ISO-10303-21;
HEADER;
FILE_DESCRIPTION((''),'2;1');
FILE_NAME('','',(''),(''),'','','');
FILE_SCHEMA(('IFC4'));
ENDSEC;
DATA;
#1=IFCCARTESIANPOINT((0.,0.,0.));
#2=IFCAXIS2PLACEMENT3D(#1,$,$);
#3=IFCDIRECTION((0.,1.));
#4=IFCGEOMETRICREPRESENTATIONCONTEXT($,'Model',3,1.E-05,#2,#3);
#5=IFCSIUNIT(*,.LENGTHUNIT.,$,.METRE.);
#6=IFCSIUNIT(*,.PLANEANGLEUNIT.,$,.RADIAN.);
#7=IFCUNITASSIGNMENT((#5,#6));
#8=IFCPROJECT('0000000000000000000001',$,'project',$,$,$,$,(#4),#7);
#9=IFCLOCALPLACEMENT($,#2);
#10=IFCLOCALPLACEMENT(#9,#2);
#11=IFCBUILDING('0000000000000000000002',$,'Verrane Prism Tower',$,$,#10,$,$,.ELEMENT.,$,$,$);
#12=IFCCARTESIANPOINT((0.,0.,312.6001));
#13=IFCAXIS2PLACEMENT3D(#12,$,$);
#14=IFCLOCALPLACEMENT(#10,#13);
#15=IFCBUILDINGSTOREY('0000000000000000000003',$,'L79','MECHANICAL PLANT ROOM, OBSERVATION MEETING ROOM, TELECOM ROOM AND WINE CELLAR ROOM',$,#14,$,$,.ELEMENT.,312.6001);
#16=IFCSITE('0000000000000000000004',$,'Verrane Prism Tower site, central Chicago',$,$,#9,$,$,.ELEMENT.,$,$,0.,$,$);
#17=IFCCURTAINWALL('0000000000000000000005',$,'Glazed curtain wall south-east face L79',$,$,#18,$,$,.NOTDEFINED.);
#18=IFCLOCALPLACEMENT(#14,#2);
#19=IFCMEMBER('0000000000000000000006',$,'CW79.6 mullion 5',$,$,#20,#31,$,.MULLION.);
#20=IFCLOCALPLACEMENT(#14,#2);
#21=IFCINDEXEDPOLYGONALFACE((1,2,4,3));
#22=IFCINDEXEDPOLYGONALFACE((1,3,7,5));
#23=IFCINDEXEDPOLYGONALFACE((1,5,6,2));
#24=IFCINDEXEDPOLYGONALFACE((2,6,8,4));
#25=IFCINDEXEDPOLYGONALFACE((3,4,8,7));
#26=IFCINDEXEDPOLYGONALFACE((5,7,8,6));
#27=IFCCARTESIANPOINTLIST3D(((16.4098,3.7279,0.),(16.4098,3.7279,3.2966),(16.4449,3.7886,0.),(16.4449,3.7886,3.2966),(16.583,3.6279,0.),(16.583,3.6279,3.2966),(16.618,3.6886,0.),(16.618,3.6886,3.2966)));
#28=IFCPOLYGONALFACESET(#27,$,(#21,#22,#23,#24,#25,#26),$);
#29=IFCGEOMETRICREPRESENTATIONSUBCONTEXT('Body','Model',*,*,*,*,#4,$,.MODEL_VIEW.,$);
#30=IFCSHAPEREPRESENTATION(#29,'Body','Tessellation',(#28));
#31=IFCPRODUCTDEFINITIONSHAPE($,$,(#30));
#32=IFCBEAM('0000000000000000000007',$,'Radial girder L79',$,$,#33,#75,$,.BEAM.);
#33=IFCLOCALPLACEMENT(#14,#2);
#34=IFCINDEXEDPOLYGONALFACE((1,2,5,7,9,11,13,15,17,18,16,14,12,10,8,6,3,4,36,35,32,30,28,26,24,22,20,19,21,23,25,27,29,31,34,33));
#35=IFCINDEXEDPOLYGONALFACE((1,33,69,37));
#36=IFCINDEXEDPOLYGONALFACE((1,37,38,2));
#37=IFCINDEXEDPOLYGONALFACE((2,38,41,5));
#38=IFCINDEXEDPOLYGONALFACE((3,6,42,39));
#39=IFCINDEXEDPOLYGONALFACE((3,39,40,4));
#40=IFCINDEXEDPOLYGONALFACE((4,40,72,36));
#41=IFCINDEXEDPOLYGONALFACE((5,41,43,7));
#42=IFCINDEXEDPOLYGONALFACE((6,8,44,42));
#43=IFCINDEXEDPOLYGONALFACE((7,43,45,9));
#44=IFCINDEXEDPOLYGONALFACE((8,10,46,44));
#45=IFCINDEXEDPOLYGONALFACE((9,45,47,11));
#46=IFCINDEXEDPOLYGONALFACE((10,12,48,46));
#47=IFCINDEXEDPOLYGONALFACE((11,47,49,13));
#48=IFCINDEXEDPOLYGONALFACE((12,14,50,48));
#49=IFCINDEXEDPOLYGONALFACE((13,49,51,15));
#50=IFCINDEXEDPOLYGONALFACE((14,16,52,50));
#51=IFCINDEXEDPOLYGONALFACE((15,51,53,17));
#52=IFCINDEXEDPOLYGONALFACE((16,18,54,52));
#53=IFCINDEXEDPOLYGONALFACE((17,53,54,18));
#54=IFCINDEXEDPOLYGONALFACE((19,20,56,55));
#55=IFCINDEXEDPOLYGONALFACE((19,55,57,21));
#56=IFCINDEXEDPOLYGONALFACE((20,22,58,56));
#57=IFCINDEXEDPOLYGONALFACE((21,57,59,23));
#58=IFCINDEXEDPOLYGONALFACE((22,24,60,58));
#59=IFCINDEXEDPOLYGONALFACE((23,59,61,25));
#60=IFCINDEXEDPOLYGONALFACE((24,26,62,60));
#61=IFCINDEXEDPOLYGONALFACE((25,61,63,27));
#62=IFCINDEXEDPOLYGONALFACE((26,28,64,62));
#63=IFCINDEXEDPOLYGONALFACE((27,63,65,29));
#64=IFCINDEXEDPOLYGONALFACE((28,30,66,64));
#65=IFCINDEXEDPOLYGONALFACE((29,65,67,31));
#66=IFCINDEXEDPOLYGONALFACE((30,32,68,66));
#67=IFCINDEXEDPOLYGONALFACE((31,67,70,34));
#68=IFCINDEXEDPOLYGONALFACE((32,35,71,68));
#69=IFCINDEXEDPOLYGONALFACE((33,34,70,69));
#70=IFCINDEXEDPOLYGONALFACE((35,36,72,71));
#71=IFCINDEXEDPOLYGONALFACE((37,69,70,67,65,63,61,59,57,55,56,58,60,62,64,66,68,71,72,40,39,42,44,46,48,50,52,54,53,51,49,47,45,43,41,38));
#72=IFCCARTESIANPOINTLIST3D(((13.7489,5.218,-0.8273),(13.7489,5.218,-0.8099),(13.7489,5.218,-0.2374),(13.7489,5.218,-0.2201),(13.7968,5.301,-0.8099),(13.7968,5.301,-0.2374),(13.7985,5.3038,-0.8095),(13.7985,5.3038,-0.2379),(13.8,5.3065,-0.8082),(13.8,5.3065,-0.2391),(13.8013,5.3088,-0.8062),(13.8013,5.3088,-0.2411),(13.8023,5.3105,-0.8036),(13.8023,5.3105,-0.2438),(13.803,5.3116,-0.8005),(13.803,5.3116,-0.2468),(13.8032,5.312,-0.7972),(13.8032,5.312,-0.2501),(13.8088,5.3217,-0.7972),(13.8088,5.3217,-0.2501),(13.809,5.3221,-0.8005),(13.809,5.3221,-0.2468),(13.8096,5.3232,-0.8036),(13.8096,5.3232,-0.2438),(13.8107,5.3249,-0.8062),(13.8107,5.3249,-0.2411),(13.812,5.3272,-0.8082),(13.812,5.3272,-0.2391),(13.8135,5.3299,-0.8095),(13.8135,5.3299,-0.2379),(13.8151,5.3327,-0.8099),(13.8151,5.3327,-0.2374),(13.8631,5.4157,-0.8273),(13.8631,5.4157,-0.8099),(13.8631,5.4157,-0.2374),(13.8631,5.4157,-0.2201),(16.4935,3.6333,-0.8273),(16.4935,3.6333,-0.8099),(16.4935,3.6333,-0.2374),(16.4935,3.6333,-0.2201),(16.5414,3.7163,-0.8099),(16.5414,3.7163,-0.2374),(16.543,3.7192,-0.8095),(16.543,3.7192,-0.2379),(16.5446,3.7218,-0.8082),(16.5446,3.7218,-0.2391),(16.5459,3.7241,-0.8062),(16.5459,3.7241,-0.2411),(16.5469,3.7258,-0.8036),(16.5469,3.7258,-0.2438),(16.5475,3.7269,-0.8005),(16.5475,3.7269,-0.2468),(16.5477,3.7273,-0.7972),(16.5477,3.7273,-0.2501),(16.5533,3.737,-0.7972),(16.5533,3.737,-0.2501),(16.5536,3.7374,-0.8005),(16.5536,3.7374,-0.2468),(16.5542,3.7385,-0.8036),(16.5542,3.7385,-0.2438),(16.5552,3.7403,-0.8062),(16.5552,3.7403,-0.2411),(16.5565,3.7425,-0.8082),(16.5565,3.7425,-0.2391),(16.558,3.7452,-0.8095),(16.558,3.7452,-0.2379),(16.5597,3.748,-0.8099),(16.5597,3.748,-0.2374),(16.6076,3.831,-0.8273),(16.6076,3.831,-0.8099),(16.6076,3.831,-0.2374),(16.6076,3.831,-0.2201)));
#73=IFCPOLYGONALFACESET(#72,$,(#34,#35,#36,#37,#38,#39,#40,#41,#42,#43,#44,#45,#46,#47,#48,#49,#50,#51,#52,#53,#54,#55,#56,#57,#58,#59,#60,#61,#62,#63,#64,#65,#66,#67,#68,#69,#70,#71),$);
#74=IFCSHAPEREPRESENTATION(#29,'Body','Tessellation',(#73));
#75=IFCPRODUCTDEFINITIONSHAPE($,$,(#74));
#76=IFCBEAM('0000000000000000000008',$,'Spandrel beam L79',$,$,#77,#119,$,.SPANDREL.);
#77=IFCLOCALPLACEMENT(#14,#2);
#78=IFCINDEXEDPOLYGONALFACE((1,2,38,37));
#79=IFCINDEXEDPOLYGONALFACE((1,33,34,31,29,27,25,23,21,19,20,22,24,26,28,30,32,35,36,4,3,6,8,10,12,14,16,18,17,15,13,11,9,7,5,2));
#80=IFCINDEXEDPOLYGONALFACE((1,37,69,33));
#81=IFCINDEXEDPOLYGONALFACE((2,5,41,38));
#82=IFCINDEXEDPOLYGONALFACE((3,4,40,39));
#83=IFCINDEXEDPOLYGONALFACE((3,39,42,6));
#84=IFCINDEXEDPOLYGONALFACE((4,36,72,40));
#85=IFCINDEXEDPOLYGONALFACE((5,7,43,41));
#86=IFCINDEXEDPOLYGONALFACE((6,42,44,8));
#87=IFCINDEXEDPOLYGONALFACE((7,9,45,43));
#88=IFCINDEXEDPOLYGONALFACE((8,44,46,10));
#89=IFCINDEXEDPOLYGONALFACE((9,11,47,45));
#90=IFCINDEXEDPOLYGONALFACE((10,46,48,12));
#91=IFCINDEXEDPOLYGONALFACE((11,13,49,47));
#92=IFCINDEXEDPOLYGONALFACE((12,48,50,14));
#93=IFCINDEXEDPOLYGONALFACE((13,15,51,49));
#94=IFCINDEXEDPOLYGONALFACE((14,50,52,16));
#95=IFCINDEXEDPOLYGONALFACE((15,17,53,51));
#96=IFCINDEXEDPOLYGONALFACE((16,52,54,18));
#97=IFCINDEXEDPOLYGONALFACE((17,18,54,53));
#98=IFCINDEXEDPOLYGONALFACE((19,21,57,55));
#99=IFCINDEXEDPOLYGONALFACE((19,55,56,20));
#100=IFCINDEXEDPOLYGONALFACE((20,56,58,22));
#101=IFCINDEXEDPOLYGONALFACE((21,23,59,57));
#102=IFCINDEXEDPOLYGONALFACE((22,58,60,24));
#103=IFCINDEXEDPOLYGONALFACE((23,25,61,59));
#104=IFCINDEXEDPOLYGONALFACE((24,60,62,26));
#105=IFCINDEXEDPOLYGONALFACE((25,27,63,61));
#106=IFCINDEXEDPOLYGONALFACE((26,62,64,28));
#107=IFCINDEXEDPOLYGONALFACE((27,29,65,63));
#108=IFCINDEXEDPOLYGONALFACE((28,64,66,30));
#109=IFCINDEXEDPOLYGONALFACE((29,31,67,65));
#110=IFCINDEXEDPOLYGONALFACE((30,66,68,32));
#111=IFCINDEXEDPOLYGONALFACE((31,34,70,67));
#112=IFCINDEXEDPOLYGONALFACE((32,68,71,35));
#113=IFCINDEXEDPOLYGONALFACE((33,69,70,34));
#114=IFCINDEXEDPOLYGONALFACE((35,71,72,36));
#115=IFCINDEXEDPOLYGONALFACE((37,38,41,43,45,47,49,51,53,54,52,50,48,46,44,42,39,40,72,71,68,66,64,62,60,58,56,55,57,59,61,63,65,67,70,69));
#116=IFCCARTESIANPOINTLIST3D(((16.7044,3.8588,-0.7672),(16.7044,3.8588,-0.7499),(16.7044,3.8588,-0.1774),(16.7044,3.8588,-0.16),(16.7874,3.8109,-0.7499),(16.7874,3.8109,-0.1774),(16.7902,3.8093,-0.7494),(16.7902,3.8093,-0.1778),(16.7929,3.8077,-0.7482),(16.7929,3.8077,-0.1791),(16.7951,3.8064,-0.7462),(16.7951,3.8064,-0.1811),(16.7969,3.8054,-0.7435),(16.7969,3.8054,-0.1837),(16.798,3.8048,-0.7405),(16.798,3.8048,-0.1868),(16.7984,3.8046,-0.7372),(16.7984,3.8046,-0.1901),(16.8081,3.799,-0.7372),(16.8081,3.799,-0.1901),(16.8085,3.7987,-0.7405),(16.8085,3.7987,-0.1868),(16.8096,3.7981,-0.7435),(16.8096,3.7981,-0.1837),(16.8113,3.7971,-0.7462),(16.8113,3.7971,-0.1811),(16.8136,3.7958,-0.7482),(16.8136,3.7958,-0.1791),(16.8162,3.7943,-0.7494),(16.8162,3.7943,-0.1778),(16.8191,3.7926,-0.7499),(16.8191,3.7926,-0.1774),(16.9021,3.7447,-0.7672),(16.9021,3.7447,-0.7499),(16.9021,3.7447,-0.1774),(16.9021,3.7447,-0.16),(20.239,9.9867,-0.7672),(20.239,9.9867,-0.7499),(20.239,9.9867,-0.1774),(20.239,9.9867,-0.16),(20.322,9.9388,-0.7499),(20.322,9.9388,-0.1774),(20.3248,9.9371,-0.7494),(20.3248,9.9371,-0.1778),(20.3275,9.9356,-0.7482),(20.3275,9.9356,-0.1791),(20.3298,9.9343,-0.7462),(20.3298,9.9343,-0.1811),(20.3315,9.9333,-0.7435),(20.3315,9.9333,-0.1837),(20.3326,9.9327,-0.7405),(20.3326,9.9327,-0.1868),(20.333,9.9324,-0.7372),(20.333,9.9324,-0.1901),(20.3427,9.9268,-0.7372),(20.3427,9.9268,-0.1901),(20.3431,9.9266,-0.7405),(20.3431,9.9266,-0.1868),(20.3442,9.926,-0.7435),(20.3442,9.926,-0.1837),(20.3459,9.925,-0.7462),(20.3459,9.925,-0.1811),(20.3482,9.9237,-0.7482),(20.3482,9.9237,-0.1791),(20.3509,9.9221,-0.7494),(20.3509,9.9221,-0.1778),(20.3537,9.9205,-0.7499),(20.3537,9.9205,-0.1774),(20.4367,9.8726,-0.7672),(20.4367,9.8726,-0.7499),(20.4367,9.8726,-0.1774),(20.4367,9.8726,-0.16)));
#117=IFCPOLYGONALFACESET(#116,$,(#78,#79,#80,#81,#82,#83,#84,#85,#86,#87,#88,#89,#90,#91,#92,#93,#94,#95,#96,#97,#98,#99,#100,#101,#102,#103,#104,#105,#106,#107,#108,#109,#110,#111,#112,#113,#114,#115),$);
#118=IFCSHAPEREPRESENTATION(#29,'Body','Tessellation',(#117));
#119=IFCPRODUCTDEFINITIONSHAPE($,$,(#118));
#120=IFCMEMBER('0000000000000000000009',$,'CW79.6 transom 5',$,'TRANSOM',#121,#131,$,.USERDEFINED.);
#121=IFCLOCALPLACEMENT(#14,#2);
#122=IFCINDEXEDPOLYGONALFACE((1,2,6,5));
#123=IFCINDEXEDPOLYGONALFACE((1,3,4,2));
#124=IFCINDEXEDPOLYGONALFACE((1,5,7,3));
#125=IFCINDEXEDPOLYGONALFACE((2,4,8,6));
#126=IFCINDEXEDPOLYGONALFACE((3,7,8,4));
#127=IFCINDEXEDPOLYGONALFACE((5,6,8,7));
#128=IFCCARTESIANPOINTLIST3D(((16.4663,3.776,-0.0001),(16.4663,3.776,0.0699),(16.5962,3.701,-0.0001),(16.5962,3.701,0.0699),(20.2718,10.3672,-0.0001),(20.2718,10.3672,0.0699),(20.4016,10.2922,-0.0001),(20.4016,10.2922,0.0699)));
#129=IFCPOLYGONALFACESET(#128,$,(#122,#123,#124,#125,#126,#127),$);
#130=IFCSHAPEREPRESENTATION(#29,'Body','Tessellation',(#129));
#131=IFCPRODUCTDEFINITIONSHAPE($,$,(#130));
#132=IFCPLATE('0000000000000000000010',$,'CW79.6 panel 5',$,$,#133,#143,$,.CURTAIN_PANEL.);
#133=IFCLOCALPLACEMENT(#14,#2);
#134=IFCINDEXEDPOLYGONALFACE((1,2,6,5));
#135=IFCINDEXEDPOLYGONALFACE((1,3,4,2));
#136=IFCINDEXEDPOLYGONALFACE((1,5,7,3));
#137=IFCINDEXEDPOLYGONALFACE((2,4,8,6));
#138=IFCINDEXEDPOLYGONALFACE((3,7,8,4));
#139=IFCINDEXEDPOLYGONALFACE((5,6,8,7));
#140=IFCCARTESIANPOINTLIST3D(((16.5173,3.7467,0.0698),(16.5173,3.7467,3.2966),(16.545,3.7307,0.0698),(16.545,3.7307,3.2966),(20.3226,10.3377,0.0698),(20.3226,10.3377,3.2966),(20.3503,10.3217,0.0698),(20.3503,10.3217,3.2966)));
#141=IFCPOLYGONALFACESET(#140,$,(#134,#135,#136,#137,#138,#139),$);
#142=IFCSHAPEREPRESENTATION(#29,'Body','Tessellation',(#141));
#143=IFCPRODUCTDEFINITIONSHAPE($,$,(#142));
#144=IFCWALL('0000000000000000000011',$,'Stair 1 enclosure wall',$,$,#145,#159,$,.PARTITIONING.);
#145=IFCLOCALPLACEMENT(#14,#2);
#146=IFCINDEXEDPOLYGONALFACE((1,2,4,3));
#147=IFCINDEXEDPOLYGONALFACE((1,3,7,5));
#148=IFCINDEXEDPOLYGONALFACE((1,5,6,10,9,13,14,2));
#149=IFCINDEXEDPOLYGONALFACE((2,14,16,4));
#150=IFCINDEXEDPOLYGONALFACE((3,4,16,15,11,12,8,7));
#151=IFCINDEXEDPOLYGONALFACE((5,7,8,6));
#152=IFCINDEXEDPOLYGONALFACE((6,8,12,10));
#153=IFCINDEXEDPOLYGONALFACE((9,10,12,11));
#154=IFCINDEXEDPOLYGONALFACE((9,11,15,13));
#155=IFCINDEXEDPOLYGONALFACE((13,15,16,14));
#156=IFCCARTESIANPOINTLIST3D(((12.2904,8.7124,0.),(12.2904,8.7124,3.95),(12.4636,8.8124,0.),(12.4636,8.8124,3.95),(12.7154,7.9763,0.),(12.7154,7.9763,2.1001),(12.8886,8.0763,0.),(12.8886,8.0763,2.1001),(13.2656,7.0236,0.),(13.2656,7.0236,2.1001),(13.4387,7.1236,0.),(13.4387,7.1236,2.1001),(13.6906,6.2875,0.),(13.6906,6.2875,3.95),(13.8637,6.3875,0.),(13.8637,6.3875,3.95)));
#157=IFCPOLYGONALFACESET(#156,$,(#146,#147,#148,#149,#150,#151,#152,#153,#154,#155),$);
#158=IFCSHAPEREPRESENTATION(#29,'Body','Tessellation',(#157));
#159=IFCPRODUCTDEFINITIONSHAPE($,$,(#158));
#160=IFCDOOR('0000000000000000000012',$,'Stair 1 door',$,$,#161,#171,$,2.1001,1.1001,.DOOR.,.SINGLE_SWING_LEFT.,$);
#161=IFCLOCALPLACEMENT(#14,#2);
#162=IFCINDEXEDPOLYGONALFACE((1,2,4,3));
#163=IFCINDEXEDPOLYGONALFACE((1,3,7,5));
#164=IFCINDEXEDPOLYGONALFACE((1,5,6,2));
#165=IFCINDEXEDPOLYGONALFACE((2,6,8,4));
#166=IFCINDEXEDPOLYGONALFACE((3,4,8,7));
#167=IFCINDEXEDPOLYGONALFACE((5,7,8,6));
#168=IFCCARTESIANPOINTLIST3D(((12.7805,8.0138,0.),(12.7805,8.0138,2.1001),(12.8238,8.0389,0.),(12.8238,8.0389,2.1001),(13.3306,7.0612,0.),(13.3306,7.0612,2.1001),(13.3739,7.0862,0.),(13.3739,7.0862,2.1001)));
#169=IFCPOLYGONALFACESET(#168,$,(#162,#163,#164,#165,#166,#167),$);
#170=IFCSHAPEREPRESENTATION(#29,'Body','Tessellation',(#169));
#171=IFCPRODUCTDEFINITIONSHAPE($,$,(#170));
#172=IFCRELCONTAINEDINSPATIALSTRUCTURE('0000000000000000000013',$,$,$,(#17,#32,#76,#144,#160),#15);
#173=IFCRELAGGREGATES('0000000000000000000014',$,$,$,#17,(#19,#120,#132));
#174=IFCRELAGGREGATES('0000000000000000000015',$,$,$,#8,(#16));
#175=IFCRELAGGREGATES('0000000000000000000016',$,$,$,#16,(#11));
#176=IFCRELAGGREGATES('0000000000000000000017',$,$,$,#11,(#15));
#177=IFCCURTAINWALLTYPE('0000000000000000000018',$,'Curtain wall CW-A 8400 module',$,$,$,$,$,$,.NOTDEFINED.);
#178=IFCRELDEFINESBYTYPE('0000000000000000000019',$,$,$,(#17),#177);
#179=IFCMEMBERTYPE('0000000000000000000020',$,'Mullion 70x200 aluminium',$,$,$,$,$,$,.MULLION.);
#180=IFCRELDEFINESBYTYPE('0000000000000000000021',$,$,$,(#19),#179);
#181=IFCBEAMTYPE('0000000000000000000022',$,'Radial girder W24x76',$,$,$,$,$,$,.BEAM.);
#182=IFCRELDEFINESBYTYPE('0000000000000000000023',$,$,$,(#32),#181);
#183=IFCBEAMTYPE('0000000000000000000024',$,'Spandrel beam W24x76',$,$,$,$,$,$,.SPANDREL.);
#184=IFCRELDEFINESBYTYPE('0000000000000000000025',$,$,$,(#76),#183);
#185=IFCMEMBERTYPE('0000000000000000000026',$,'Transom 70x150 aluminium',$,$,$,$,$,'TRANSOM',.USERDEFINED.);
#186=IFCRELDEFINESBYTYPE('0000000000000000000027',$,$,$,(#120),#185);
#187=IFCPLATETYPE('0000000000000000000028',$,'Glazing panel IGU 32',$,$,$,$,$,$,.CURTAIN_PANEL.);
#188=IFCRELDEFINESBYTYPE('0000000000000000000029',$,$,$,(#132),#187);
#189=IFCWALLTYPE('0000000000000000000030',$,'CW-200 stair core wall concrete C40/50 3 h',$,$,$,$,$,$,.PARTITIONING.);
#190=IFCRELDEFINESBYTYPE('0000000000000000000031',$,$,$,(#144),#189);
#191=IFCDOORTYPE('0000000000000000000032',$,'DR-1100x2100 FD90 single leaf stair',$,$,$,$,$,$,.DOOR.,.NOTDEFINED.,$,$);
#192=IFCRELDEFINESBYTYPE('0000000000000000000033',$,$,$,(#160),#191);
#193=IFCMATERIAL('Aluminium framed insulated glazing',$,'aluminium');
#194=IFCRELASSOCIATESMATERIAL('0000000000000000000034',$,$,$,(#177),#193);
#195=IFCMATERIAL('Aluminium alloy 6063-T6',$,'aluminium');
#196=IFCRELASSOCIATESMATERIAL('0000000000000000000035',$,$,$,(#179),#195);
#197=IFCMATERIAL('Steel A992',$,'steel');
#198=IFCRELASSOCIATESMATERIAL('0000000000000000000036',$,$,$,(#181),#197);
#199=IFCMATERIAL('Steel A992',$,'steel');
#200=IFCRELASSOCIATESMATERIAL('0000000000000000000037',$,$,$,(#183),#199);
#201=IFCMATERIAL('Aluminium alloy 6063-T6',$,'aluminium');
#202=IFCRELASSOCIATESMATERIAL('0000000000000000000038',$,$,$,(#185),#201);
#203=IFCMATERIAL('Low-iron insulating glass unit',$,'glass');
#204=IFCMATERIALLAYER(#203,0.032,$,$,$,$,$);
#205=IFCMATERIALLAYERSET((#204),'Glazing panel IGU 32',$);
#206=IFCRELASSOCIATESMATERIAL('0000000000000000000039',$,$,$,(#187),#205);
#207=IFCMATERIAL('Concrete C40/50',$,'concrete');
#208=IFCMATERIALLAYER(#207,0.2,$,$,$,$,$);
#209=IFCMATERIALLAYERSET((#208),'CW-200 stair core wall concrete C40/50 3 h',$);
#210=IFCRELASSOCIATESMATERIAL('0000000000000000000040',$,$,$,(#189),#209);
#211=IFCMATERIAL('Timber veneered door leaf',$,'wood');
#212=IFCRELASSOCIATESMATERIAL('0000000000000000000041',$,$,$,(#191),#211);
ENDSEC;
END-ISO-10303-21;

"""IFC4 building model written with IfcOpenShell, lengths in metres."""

from ifc_helpers import new_model, si_unit, direction, frame, frame_2d, origin, origin_2d, place, context, subcontext, project, spatial, rectangle, i_section, extrude, material, layer, layer_set, material_profile, profile_set, type_object, element, fill, aggregate, save


model = new_model("IFC4")

# Units and contexts
model_context = context("Model", 3, precision=1e-05, world=origin(), true_north=direction((0.0, 1.0)))
body_context = subcontext(model_context, "Body", "Model", "MODEL_VIEW")
ifc_project = project(units=[si_unit("LENGTHUNIT", "METRE"), si_unit("PLANEANGLEUNIT", "RADIAN")], contexts=[model_context])

# Site, building, storey
site_placement = place(None, origin())
site = spatial("IfcSite", under=ifc_project, at=site_placement, Name="Verrane Prism Tower site, central Chicago", CompositionType="ELEMENT", RefElevation=0.0)
building_placement = place(site_placement, origin())
building = spatial("IfcBuilding", under=site, at=building_placement, Name="Verrane Prism Tower", CompositionType="ELEMENT")
storey_placement = place(building_placement, frame((0.0, 0.0, 312.6001)))
storey = spatial("IfcBuildingStorey", under=building, at=storey_placement, Name="L79", Description="MECHANICAL PLANT ROOM, OBSERVATION MEETING ROOM, TELECOM ROOM AND WINE CELLAR ROOM", CompositionType="ELEMENT", Elevation=312.6001)

# Curtain wall, member
ifc_material_1 = material(Name="Aluminium framed insulated glazing", Category="aluminium")
curtain_wall_type = type_object("IfcCurtainWallType", Name="Curtain wall CW-A 8400 module", PredefinedType="NOTDEFINED", material=ifc_material_1)
curtain_wall_placement = place(storey_placement, origin())
curtain_wall = element("IfcCurtainWall", 1, at=curtain_wall_placement, inside=storey, type_object=curtain_wall_type, Name="Glazed curtain wall south-east face L79", PredefinedType="NOTDEFINED")
ifc_material_2 = material(Name="Aluminium alloy 6063-T6", Category="aluminium")
ifc_material_profile_1 = material_profile(ifc_material_2, rectangle(XDim=0.2, YDim=0.0701, at=origin_2d()), Name="Mullion 70x200 aluminium")
ifc_profile_set_1 = profile_set([ifc_material_profile_1], Name="Aluminium alloy 6063-T6")
member_type_1 = type_object("IfcMemberType", Name="Mullion 70x200 aluminium", PredefinedType="MULLION", material=ifc_profile_set_1)
member_1_placement = place(storey_placement, frame((16.5139, 3.7083, 0.0), z_axis=(0.0, 0.0, 1.0), x_axis=(-0.866025, 0.5, 0.0)))
member_1 = element("IfcMember", 2, at=member_1_placement, type_object=member_type_1, Name="CW79.6 mullion 5", PredefinedType="MULLION", context=body_context, shape_type="SweptSolid", body=[
    extrude(rectangle(XDim=0.2, YDim=0.0701, at=origin_2d()), origin(), (0.0, 0.0, 1.0), 3.2966),
])

# Beams
ifc_material_3 = material(Name="Steel A992", Category="steel")
ifc_material_profile_2 = material_profile(ifc_material_3, i_section(OverallWidth=0.2283, OverallDepth=0.6072, WebThickness=0.0112, FlangeThickness=0.0173, FilletRadius=0.0127, at=origin_2d()), Name="W24x76")
ifc_profile_set_2 = profile_set([ifc_material_profile_2], Name="Steel A992")
beam_type_1 = type_object("IfcBeamType", Name="Radial girder W24x76", PredefinedType="BEAM", material=ifc_profile_set_2)
beam_1_placement = place(storey_placement, frame((16.5505, 3.7322, -0.5237), z_axis=(-0.866011, 0.500025, 0.0), x_axis=(-0.500025, -0.866011, 0.0)))
element("IfcBeam", 3, at=beam_1_placement, inside=storey, type_object=beam_type_1, Name="Radial girder L79", PredefinedType="BEAM", context=body_context, shape_type="SweptSolid", body=[
    extrude(i_section(OverallWidth=0.2283, OverallDepth=0.6072, WebThickness=0.0112, FlangeThickness=0.0173, FilletRadius=0.0127, at=origin_2d()), origin(), (0.0, 0.0, 1.0), 3.1692),
])
ifc_material_4 = material(Name="Steel A992", Category="steel")
ifc_material_profile_3 = material_profile(ifc_material_4, i_section(OverallWidth=0.2283, OverallDepth=0.6072, WebThickness=0.0112, FlangeThickness=0.0173, FilletRadius=0.0127, at=origin_2d()), Name="W24x76")
ifc_profile_set_3 = profile_set([ifc_material_profile_3], Name="Steel A992")
beam_type_2 = type_object("IfcBeamType", Name="Spandrel beam W24x76", PredefinedType="SPANDREL", material=ifc_profile_set_3)
beam_2_placement = place(storey_placement, frame((16.8032, 3.8018, -0.4636), z_axis=(0.499651, 0.866227, 0.0), x_axis=(-0.866227, 0.499651, 0.0)))
element("IfcBeam", 4, at=beam_2_placement, inside=storey, type_object=beam_type_2, Name="Spandrel beam L79", PredefinedType="SPANDREL", context=body_context, shape_type="SweptSolid", body=[
    extrude(i_section(OverallWidth=0.2283, OverallDepth=0.6072, WebThickness=0.0112, FlangeThickness=0.0173, FilletRadius=0.0127, at=origin_2d()), origin(), (0.0, 0.0, 1.0), 7.0742),
])

# Member
ifc_material_5 = material(Name="Aluminium alloy 6063-T6", Category="aluminium")
ifc_material_profile_4 = material_profile(ifc_material_5, rectangle(XDim=0.1499, YDim=0.0701, at=origin_2d()), Name="Transom 70x150 aluminium")
ifc_profile_set_4 = profile_set([ifc_material_profile_4], Name="Aluminium alloy 6063-T6")
member_type_2 = type_object("IfcMemberType", Name="Transom 70x150 aluminium", ElementType="TRANSOM", PredefinedType="USERDEFINED", material=ifc_profile_set_4)
member_2_placement = place(storey_placement, frame((16.5312, 3.7385, 0.0349), z_axis=(0.500007, 0.866022, 0.0), x_axis=(-0.866022, 0.500007, 0.0)))
member_2 = element("IfcMember", 5, at=member_2_placement, type_object=member_type_2, Name="CW79.6 transom 5", ObjectType="TRANSOM", PredefinedType="USERDEFINED", context=body_context, shape_type="SweptSolid", body=[
    extrude(rectangle(XDim=0.1499, YDim=0.0701, at=origin_2d()), origin(), (0.0, 0.0, 1.0), 7.6108),
])

# Plate
ifc_material_6 = material(Name="Low-iron insulating glass unit", Category="glass")
ifc_layer_1 = layer(ifc_material_6, 0.032)
ifc_layer_set_1 = layer_set([ifc_layer_1], Name="Glazing panel IGU 32")
plate_type = type_object("IfcPlateType", Name="Glazing panel IGU 32", PredefinedType="CURTAIN_PANEL", material=ifc_layer_set_1)
plate_placement = place(storey_placement, frame((18.4338, 7.0342, 0.0698), z_axis=(0.0, 0.0, 1.0), x_axis=(0.5, 0.866025, 0.0)))
plate = element("IfcPlate", 6, at=plate_placement, type_object=plate_type, Name="CW79.6 panel 5", PredefinedType="CURTAIN_PANEL", context=body_context, shape_type="SweptSolid", body=[
    extrude(rectangle(XDim=7.6106, YDim=0.032, at=origin_2d()), origin(), (0.0, 0.0, 1.0), 3.2268),
])
aggregate(curtain_wall, [member_1, member_2, plate])

# Wall, opening, door
ifc_material_7 = material(Name="Concrete C40/50", Category="concrete")
ifc_layer_2 = layer(ifc_material_7, 0.2)
ifc_layer_set_2 = layer_set([ifc_layer_2], Name="CW-200 stair core wall concrete C40/50 3 h")
wall_type_1 = type_object("IfcWallType", Name="CW-200 stair core wall concrete C40/50 3 h", PredefinedType="PARTITIONING", material=ifc_layer_set_2)
wall_1_placement = place(storey_placement, frame((13.7771, 6.3376, 0.0), z_axis=(0.0, 0.0, 1.0), x_axis=(-0.50005, 0.865997, 0.0)))
wall_1 = element("IfcWall", 7, at=wall_1_placement, inside=storey, type_object=wall_type_1, Name="Stair 1 enclosure wall", PredefinedType="PARTITIONING", context=body_context, shape_type="SweptSolid", body=[
    extrude(rectangle(XDim=2.8, YDim=0.2, at=frame_2d((1.3999, 0.0))), origin(), (0.0, 0.0, 1.0), 3.95),
])
opening_1_placement = place(wall_1_placement, frame((0.8499, 0.0, 0.0)))
opening_1 = element("IfcOpeningElement", 8, at=opening_1_placement, cuts=wall_1, PredefinedType="OPENING", context=body_context, shape_type="SweptSolid", body=[
    extrude(rectangle(XDim=1.1001, YDim=2.1001, at=frame_2d((0.55, 1.05))), frame((0.0, 0.1099, 0.0), z_axis=(0.0, -1.0, 0.0), x_axis=(1.0, 0.0, 0.0)), (0.0, 0.0, 1.0), 0.22),
])
ifc_material_8 = material(Name="Timber veneered door leaf", Category="wood")
door_type_1 = type_object("IfcDoorType", Name="DR-1100x2100 FD90 single leaf stair", OperationType="NOTDEFINED", PredefinedType="DOOR", material=ifc_material_8)
door_1_placement = place(opening_1_placement, origin())
door_1 = element("IfcDoor", 9, at=door_1_placement, inside=storey, type_object=door_type_1, Name="Stair 1 door", OperationType="SINGLE_SWING_LEFT", OverallHeight=2.1001, OverallWidth=1.1001, PredefinedType="DOOR", context=body_context, shape_type="SweptSolid", body=[
    extrude(rectangle(XDim=1.1001, YDim=2.1001, at=frame_2d((0.55, 1.05))), frame((0.0, 0.0249, 0.0), z_axis=(0.0, -1.0, 0.0), x_axis=(1.0, 0.0, 0.0)), (0.0, 0.0, 1.0), 0.05),
])
fill(opening_1, door_1)

save(model, "model.ifc")
